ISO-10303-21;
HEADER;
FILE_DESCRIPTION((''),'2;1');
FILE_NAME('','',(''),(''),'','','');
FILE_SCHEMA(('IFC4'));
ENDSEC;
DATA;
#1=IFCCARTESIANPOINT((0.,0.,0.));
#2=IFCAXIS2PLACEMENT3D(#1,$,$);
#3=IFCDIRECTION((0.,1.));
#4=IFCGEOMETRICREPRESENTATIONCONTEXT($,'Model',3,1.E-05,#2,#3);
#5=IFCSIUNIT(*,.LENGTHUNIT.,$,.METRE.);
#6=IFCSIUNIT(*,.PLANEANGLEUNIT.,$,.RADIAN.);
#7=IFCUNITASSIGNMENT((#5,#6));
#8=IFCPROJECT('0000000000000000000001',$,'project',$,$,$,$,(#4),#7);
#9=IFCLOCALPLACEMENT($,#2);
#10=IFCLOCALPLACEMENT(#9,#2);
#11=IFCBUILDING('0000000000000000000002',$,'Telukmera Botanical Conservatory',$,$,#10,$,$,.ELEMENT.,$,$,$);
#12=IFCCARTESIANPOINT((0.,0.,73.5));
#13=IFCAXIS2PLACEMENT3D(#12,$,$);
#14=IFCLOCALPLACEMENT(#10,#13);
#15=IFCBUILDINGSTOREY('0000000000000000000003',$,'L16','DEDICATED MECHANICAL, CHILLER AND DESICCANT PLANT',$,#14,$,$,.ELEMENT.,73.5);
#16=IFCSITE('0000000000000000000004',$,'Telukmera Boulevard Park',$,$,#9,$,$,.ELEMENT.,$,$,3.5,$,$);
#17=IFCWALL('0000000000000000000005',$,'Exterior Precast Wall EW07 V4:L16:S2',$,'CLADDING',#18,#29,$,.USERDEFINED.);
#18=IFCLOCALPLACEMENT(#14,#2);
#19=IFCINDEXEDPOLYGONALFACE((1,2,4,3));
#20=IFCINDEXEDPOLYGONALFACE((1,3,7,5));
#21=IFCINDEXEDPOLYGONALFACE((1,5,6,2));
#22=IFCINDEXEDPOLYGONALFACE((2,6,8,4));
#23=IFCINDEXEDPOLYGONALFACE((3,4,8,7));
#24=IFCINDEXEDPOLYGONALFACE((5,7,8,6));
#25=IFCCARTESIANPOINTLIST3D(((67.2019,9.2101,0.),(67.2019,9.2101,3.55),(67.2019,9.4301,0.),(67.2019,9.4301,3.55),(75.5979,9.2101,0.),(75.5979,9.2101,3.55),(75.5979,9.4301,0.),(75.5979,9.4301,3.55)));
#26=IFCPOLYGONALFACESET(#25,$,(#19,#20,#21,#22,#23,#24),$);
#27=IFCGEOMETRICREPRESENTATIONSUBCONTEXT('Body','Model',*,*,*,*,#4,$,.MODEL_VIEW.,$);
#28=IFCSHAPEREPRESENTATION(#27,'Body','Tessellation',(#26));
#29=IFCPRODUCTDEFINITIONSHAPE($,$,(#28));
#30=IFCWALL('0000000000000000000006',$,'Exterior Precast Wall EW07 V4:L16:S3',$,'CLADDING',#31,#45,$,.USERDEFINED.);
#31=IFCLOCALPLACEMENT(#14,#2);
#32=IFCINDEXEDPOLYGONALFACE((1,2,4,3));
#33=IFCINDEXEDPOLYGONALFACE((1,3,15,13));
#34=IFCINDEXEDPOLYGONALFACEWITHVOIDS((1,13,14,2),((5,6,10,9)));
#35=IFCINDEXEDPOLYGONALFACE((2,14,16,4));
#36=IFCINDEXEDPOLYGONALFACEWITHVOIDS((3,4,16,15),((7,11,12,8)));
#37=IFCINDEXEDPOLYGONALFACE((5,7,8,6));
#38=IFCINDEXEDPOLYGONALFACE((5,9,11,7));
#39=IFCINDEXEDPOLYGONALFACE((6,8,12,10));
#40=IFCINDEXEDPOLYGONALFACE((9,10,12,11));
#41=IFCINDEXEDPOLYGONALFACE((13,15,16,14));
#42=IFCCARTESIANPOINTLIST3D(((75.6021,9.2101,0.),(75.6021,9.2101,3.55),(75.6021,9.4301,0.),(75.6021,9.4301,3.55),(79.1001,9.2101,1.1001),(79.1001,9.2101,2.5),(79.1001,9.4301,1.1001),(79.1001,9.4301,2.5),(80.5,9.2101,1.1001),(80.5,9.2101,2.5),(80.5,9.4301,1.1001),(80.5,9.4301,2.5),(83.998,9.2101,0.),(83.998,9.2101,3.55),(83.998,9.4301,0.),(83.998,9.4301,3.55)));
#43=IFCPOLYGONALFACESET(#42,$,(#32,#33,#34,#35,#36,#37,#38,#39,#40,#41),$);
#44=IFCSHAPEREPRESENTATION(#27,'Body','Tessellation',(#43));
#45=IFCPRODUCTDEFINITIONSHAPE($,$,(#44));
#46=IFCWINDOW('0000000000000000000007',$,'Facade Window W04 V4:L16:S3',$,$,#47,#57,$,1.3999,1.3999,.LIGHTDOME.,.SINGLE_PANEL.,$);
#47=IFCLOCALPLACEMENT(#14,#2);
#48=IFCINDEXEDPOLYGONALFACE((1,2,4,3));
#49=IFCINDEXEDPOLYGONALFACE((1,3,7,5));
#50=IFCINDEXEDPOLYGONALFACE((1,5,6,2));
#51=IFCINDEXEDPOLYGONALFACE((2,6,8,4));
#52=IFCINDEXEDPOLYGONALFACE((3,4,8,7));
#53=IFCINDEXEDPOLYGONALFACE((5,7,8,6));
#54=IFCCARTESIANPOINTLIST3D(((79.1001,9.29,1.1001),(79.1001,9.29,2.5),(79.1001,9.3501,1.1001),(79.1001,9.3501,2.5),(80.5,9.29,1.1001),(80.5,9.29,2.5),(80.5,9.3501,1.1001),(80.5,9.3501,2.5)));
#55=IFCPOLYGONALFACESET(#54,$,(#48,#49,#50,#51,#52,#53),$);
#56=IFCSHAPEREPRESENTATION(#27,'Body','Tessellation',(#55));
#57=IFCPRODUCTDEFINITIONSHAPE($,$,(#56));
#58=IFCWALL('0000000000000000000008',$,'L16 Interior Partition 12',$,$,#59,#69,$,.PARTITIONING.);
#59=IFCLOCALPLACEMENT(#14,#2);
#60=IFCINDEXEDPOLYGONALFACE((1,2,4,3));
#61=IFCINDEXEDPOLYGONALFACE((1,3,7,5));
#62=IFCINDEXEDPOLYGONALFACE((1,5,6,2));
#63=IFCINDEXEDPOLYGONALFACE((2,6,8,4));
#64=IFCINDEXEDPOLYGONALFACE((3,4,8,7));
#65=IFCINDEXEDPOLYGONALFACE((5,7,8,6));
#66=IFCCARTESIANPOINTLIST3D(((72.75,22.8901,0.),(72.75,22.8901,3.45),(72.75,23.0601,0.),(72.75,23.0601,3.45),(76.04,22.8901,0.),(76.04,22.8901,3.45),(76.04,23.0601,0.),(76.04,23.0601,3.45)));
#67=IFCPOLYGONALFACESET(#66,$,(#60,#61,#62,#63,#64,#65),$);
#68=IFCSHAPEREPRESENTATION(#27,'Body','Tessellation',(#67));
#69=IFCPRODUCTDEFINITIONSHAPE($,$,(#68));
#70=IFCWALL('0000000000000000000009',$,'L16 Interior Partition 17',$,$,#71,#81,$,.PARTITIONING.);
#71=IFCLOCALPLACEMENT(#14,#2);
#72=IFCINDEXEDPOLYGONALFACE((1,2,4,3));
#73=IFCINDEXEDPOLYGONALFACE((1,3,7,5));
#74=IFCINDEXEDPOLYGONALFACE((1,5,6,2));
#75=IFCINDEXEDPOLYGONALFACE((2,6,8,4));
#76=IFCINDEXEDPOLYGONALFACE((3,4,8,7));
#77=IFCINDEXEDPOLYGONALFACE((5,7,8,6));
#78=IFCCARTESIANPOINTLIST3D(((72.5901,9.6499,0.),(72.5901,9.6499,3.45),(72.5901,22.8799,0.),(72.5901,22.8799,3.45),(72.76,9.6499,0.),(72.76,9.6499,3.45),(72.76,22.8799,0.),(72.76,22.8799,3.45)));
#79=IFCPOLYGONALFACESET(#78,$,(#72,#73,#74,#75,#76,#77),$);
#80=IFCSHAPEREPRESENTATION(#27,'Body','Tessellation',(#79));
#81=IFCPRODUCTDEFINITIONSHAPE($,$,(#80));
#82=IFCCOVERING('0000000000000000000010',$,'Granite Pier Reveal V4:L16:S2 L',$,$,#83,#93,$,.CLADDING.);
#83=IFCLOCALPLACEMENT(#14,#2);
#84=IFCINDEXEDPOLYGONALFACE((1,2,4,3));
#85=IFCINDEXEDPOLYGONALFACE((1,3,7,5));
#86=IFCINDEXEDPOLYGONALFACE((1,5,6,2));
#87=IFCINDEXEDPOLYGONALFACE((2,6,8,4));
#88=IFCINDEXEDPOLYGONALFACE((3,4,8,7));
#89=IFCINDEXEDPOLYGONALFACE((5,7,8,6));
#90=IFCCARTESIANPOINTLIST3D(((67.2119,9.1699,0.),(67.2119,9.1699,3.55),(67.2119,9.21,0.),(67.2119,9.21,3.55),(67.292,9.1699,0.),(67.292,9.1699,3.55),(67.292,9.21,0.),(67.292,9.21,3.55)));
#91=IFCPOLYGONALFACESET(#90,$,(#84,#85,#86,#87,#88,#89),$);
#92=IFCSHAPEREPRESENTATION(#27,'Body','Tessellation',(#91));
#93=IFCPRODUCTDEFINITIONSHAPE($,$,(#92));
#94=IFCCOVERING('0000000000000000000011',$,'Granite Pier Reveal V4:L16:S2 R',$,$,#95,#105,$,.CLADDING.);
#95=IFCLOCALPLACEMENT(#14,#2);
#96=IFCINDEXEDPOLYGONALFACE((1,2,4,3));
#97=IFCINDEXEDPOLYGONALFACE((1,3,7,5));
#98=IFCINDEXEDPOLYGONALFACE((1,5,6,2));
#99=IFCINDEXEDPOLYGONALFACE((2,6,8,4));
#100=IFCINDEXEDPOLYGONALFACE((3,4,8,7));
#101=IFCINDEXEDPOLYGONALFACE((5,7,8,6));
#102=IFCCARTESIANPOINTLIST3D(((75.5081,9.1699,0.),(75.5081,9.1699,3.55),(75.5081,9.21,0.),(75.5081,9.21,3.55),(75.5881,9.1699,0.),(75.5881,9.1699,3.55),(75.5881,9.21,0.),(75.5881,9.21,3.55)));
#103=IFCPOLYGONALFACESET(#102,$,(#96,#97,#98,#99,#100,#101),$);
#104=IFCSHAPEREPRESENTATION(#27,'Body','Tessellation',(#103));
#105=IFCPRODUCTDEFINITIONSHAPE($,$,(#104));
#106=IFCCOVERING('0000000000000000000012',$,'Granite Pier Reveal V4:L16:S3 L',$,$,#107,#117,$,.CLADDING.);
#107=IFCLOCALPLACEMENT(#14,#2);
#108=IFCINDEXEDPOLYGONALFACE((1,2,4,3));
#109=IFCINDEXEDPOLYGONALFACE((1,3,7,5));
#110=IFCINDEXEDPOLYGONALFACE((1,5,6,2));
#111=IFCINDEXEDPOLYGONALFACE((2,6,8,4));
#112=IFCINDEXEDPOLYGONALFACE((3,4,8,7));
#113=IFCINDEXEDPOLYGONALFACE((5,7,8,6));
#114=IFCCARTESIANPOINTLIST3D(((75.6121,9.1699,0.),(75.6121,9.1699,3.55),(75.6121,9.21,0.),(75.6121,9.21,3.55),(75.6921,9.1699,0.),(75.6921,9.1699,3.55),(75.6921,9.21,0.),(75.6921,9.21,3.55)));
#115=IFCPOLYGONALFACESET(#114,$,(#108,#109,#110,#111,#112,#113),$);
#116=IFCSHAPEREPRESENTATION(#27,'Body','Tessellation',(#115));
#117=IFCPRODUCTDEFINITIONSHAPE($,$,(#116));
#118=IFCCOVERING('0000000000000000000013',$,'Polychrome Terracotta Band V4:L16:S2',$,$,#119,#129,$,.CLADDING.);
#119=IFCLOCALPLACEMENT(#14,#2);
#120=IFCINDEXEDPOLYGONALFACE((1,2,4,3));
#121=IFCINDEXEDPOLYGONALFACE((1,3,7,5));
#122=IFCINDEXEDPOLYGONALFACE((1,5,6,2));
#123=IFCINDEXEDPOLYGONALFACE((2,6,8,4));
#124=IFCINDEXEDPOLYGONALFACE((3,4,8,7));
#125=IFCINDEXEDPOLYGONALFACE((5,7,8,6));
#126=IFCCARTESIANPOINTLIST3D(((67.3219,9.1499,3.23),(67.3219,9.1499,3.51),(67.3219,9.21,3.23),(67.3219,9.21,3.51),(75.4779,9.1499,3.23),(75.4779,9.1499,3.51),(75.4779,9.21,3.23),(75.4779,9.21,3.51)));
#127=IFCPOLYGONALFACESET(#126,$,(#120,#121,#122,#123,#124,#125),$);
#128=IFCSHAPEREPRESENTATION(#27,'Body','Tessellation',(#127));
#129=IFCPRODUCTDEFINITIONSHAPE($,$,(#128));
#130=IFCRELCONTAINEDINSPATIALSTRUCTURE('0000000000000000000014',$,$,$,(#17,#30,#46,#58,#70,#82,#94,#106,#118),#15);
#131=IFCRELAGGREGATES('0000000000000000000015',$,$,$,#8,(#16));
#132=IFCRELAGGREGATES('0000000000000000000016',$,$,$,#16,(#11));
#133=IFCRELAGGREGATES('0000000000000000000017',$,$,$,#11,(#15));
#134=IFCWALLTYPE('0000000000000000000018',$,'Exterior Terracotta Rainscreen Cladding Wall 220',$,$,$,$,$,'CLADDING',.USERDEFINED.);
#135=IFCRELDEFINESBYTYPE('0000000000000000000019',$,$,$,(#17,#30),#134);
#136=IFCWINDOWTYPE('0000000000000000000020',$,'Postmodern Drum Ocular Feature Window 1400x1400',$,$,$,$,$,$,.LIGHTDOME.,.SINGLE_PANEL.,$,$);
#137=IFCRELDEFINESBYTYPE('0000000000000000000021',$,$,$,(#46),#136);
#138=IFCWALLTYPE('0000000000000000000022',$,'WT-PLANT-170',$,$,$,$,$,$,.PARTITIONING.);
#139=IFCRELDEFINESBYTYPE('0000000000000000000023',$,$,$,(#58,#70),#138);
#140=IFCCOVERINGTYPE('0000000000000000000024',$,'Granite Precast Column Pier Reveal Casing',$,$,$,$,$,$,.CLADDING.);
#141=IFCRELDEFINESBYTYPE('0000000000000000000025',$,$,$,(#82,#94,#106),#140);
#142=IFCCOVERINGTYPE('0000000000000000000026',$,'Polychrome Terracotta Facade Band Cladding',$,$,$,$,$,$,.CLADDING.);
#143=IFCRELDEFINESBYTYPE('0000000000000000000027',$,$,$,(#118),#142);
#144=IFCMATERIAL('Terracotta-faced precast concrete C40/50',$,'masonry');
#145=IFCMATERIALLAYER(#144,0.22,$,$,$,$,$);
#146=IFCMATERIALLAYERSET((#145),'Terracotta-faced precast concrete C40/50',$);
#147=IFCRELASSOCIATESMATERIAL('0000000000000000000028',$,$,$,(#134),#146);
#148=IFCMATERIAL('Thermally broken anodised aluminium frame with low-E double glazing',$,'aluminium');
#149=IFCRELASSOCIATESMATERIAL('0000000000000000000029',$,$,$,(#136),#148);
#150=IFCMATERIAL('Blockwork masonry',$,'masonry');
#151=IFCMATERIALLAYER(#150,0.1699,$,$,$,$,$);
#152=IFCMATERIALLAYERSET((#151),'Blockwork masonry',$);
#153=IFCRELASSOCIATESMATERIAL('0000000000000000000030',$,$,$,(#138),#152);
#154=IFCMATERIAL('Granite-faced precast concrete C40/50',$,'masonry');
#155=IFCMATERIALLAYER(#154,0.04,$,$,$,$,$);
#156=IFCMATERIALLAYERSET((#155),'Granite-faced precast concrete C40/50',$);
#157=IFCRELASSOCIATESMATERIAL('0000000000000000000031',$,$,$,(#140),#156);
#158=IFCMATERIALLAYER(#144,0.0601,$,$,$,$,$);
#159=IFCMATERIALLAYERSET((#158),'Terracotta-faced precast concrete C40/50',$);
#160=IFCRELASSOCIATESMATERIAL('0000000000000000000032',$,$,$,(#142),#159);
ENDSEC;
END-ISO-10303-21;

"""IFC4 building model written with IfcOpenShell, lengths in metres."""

from ifc_helpers import new_model, si_unit, direction, frame, frame_2d, origin, origin_2d, place, context, subcontext, project, spatial, rectangle, extrude, material, layer, layer_set, type_object, element, fill, save


model = new_model("IFC4")

# Units and contexts
model_context = context("Model", 3, precision=1e-05, world=origin(), true_north=direction((0.0, 1.0)))
body_context = subcontext(model_context, "Body", "Model", "MODEL_VIEW")
ifc_project = project(units=[si_unit("LENGTHUNIT", "METRE"), si_unit("PLANEANGLEUNIT", "RADIAN")], contexts=[model_context])

# Site, building, storey
site_placement = place(None, origin())
site = spatial("IfcSite", under=ifc_project, at=site_placement, Name="Telukmera Boulevard Park", CompositionType="ELEMENT", RefElevation=3.5)
building_placement = place(site_placement, origin())
building = spatial("IfcBuilding", under=site, at=building_placement, Name="Telukmera Botanical Conservatory", CompositionType="ELEMENT")
storey_placement = place(building_placement, frame((0.0, 0.0, 73.5)))
storey = spatial("IfcBuildingStorey", under=building, at=storey_placement, Name="L16", Description="DEDICATED MECHANICAL, CHILLER AND DESICCANT PLANT", CompositionType="ELEMENT", Elevation=73.5)

# Wall
ifc_material_1 = material(Name="Terracotta-faced precast concrete C40/50", Category="masonry")
ifc_layer_1 = layer(ifc_material_1, 0.22)
ifc_layer_set_1 = layer_set([ifc_layer_1], Name="Terracotta-faced precast concrete C40/50")
wall_type_1 = type_object("IfcWallType", Name="Exterior Terracotta Rainscreen Cladding Wall 220", ElementType="CLADDING", PredefinedType="USERDEFINED", material=ifc_layer_set_1)
wall_1_placement = place(storey_placement, frame((67.2019, 9.3201, 0.0), z_axis=(0.0, 0.0, 1.0), x_axis=(1.0, 0.0, 0.0)))
element("IfcWall", 1, at=wall_1_placement, inside=storey, type_object=wall_type_1, Name="Exterior Precast Wall EW07 V4:L16:S2", ObjectType="CLADDING", PredefinedType="USERDEFINED", context=body_context, shape_type="SweptSolid", body=[
    extrude(rectangle(XDim=8.396, YDim=0.22, at=frame_2d((4.198, 0.0))), origin(), (0.0, 0.0, 1.0), 3.55),
])

# Wall, opening, window
wall_2_placement = place(storey_placement, frame((75.6021, 9.3201, 0.0), z_axis=(0.0, 0.0, 1.0), x_axis=(1.0, 0.0, 0.0)))
wall_2 = element("IfcWall", 2, at=wall_2_placement, inside=storey, type_object=wall_type_1, Name="Exterior Precast Wall EW07 V4:L16:S3", ObjectType="CLADDING", PredefinedType="USERDEFINED", context=body_context, shape_type="SweptSolid", body=[
    extrude(rectangle(XDim=8.396, YDim=0.22, at=frame_2d((4.198, 0.0))), origin(), (0.0, 0.0, 1.0), 3.55),
])
opening_placement = place(wall_2_placement, frame((3.498, 0.0, 1.1001)))
opening = element("IfcOpeningElement", 3, at=opening_placement, cuts=wall_2, PredefinedType="OPENING", context=body_context, shape_type="SweptSolid", body=[
    extrude(rectangle(XDim=1.3999, YDim=1.3999, at=frame_2d((0.7, 0.7))), frame((0.0, 0.1199, 0.0), z_axis=(0.0, -1.0, 0.0), x_axis=(1.0, 0.0, 0.0)), (0.0, 0.0, 1.0), 0.24),
])
ifc_material_2 = material(Name="Thermally broken anodised aluminium frame with low-E double glazing", Category="aluminium")
window_type = type_object("IfcWindowType", Name="Postmodern Drum Ocular Feature Window 1400x1400", PartitioningType="SINGLE_PANEL", PredefinedType="LIGHTDOME", material=ifc_material_2)
window_placement = place(opening_placement, origin())
window = element("IfcWindow", 4, at=window_placement, inside=storey, type_object=window_type, Name="Facade Window W04 V4:L16:S3", OverallHeight=1.3999, OverallWidth=1.3999, PartitioningType="SINGLE_PANEL", PredefinedType="LIGHTDOME", context=body_context, shape_type="SweptSolid", body=[
    extrude(rectangle(XDim=1.3999, YDim=1.3999, at=frame_2d((0.7, 0.7))), frame((0.0, 0.03, 0.0), z_axis=(0.0, -1.0, 0.0), x_axis=(1.0, 0.0, 0.0)), (0.0, 0.0, 1.0), 0.0601),
])
fill(opening, window)

# Walls
ifc_material_3 = material(Name="Blockwork masonry", Category="masonry")
ifc_layer_2 = layer(ifc_material_3, 0.1699)
ifc_layer_set_2 = layer_set([ifc_layer_2], Name="Blockwork masonry")
wall_type_2 = type_object("IfcWallType", Name="WT-PLANT-170", PredefinedType="PARTITIONING", material=ifc_layer_set_2)
wall_3_placement = place(storey_placement, frame((72.75, 22.9751, 0.0), z_axis=(0.0, 0.0, 1.0), x_axis=(1.0, 0.0, 0.0)))
element("IfcWall", 5, at=wall_3_placement, inside=storey, type_object=wall_type_2, Name="L16 Interior Partition 12", PredefinedType="PARTITIONING", context=body_context, shape_type="SweptSolid", body=[
    extrude(rectangle(XDim=3.29, YDim=0.1699, at=frame_2d((1.645, 0.0))), origin(), (0.0, 0.0, 1.0), 3.45),
])
wall_4_placement = place(storey_placement, frame((72.675, 9.6499, 0.0), z_axis=(0.0, 0.0, 1.0), x_axis=(0.0, 1.0, 0.0)))
element("IfcWall", 6, at=wall_4_placement, inside=storey, type_object=wall_type_2, Name="L16 Interior Partition 17", PredefinedType="PARTITIONING", context=body_context, shape_type="SweptSolid", body=[
    extrude(rectangle(XDim=13.23, YDim=0.1699, at=frame_2d((6.615, 0.0))), origin(), (0.0, 0.0, 1.0), 3.45),
])

# Coverings
ifc_material_4 = material(Name="Granite-faced precast concrete C40/50", Category="masonry")
ifc_layer_3 = layer(ifc_material_4, 0.04)
ifc_layer_set_3 = layer_set([ifc_layer_3], Name="Granite-faced precast concrete C40/50")
covering_type_1 = type_object("IfcCoveringType", Name="Granite Precast Column Pier Reveal Casing", PredefinedType="CLADDING", material=ifc_layer_set_3)
for number, where, z_axis, x_axis, name in (
    (7, (67.252, 9.1899, 0.0), (0.0, 0.0, 1.0), (1.0, 0.0, 0.0), "Granite Pier Reveal V4:L16:S2 L"),
    (8, (75.5481, 9.1899, 0.0), (0.0, 0.0, 1.0), (1.0, 0.0, 0.0), "Granite Pier Reveal V4:L16:S2 R"),
    (9, (75.6521, 9.1899, 0.0), (0.0, 0.0, 1.0), (1.0, 0.0, 0.0), "Granite Pier Reveal V4:L16:S3 L"),
):
    element("IfcCovering", number, at=place(storey_placement, frame(where, z_axis=z_axis, x_axis=x_axis)), inside=storey, type_object=covering_type_1, Name=name, PredefinedType="CLADDING", context=body_context, shape_type="SweptSolid", body=[
        extrude(rectangle(XDim=0.0801, YDim=0.04, at=origin_2d()), origin(), (0.0, 0.0, 1.0), 3.55),
    ])
ifc_layer_4 = layer(ifc_material_1, 0.0601)
ifc_layer_set_4 = layer_set([ifc_layer_4], Name="Terracotta-faced precast concrete C40/50")
covering_type_2 = type_object("IfcCoveringType", Name="Polychrome Terracotta Facade Band Cladding", PredefinedType="CLADDING", material=ifc_layer_set_4)
covering_placement = place(storey_placement, frame((71.3999, 9.1799, 3.23), z_axis=(0.0, 0.0, 1.0), x_axis=(1.0, 0.0, 0.0)))
element("IfcCovering", 10, at=covering_placement, inside=storey, type_object=covering_type_2, Name="Polychrome Terracotta Band V4:L16:S2", PredefinedType="CLADDING", context=body_context, shape_type="SweptSolid", body=[
    extrude(rectangle(XDim=8.156, YDim=0.0601, at=origin_2d()), origin(), (0.0, 0.0, 1.0), 0.28),
])

save(model, "model.ifc")
